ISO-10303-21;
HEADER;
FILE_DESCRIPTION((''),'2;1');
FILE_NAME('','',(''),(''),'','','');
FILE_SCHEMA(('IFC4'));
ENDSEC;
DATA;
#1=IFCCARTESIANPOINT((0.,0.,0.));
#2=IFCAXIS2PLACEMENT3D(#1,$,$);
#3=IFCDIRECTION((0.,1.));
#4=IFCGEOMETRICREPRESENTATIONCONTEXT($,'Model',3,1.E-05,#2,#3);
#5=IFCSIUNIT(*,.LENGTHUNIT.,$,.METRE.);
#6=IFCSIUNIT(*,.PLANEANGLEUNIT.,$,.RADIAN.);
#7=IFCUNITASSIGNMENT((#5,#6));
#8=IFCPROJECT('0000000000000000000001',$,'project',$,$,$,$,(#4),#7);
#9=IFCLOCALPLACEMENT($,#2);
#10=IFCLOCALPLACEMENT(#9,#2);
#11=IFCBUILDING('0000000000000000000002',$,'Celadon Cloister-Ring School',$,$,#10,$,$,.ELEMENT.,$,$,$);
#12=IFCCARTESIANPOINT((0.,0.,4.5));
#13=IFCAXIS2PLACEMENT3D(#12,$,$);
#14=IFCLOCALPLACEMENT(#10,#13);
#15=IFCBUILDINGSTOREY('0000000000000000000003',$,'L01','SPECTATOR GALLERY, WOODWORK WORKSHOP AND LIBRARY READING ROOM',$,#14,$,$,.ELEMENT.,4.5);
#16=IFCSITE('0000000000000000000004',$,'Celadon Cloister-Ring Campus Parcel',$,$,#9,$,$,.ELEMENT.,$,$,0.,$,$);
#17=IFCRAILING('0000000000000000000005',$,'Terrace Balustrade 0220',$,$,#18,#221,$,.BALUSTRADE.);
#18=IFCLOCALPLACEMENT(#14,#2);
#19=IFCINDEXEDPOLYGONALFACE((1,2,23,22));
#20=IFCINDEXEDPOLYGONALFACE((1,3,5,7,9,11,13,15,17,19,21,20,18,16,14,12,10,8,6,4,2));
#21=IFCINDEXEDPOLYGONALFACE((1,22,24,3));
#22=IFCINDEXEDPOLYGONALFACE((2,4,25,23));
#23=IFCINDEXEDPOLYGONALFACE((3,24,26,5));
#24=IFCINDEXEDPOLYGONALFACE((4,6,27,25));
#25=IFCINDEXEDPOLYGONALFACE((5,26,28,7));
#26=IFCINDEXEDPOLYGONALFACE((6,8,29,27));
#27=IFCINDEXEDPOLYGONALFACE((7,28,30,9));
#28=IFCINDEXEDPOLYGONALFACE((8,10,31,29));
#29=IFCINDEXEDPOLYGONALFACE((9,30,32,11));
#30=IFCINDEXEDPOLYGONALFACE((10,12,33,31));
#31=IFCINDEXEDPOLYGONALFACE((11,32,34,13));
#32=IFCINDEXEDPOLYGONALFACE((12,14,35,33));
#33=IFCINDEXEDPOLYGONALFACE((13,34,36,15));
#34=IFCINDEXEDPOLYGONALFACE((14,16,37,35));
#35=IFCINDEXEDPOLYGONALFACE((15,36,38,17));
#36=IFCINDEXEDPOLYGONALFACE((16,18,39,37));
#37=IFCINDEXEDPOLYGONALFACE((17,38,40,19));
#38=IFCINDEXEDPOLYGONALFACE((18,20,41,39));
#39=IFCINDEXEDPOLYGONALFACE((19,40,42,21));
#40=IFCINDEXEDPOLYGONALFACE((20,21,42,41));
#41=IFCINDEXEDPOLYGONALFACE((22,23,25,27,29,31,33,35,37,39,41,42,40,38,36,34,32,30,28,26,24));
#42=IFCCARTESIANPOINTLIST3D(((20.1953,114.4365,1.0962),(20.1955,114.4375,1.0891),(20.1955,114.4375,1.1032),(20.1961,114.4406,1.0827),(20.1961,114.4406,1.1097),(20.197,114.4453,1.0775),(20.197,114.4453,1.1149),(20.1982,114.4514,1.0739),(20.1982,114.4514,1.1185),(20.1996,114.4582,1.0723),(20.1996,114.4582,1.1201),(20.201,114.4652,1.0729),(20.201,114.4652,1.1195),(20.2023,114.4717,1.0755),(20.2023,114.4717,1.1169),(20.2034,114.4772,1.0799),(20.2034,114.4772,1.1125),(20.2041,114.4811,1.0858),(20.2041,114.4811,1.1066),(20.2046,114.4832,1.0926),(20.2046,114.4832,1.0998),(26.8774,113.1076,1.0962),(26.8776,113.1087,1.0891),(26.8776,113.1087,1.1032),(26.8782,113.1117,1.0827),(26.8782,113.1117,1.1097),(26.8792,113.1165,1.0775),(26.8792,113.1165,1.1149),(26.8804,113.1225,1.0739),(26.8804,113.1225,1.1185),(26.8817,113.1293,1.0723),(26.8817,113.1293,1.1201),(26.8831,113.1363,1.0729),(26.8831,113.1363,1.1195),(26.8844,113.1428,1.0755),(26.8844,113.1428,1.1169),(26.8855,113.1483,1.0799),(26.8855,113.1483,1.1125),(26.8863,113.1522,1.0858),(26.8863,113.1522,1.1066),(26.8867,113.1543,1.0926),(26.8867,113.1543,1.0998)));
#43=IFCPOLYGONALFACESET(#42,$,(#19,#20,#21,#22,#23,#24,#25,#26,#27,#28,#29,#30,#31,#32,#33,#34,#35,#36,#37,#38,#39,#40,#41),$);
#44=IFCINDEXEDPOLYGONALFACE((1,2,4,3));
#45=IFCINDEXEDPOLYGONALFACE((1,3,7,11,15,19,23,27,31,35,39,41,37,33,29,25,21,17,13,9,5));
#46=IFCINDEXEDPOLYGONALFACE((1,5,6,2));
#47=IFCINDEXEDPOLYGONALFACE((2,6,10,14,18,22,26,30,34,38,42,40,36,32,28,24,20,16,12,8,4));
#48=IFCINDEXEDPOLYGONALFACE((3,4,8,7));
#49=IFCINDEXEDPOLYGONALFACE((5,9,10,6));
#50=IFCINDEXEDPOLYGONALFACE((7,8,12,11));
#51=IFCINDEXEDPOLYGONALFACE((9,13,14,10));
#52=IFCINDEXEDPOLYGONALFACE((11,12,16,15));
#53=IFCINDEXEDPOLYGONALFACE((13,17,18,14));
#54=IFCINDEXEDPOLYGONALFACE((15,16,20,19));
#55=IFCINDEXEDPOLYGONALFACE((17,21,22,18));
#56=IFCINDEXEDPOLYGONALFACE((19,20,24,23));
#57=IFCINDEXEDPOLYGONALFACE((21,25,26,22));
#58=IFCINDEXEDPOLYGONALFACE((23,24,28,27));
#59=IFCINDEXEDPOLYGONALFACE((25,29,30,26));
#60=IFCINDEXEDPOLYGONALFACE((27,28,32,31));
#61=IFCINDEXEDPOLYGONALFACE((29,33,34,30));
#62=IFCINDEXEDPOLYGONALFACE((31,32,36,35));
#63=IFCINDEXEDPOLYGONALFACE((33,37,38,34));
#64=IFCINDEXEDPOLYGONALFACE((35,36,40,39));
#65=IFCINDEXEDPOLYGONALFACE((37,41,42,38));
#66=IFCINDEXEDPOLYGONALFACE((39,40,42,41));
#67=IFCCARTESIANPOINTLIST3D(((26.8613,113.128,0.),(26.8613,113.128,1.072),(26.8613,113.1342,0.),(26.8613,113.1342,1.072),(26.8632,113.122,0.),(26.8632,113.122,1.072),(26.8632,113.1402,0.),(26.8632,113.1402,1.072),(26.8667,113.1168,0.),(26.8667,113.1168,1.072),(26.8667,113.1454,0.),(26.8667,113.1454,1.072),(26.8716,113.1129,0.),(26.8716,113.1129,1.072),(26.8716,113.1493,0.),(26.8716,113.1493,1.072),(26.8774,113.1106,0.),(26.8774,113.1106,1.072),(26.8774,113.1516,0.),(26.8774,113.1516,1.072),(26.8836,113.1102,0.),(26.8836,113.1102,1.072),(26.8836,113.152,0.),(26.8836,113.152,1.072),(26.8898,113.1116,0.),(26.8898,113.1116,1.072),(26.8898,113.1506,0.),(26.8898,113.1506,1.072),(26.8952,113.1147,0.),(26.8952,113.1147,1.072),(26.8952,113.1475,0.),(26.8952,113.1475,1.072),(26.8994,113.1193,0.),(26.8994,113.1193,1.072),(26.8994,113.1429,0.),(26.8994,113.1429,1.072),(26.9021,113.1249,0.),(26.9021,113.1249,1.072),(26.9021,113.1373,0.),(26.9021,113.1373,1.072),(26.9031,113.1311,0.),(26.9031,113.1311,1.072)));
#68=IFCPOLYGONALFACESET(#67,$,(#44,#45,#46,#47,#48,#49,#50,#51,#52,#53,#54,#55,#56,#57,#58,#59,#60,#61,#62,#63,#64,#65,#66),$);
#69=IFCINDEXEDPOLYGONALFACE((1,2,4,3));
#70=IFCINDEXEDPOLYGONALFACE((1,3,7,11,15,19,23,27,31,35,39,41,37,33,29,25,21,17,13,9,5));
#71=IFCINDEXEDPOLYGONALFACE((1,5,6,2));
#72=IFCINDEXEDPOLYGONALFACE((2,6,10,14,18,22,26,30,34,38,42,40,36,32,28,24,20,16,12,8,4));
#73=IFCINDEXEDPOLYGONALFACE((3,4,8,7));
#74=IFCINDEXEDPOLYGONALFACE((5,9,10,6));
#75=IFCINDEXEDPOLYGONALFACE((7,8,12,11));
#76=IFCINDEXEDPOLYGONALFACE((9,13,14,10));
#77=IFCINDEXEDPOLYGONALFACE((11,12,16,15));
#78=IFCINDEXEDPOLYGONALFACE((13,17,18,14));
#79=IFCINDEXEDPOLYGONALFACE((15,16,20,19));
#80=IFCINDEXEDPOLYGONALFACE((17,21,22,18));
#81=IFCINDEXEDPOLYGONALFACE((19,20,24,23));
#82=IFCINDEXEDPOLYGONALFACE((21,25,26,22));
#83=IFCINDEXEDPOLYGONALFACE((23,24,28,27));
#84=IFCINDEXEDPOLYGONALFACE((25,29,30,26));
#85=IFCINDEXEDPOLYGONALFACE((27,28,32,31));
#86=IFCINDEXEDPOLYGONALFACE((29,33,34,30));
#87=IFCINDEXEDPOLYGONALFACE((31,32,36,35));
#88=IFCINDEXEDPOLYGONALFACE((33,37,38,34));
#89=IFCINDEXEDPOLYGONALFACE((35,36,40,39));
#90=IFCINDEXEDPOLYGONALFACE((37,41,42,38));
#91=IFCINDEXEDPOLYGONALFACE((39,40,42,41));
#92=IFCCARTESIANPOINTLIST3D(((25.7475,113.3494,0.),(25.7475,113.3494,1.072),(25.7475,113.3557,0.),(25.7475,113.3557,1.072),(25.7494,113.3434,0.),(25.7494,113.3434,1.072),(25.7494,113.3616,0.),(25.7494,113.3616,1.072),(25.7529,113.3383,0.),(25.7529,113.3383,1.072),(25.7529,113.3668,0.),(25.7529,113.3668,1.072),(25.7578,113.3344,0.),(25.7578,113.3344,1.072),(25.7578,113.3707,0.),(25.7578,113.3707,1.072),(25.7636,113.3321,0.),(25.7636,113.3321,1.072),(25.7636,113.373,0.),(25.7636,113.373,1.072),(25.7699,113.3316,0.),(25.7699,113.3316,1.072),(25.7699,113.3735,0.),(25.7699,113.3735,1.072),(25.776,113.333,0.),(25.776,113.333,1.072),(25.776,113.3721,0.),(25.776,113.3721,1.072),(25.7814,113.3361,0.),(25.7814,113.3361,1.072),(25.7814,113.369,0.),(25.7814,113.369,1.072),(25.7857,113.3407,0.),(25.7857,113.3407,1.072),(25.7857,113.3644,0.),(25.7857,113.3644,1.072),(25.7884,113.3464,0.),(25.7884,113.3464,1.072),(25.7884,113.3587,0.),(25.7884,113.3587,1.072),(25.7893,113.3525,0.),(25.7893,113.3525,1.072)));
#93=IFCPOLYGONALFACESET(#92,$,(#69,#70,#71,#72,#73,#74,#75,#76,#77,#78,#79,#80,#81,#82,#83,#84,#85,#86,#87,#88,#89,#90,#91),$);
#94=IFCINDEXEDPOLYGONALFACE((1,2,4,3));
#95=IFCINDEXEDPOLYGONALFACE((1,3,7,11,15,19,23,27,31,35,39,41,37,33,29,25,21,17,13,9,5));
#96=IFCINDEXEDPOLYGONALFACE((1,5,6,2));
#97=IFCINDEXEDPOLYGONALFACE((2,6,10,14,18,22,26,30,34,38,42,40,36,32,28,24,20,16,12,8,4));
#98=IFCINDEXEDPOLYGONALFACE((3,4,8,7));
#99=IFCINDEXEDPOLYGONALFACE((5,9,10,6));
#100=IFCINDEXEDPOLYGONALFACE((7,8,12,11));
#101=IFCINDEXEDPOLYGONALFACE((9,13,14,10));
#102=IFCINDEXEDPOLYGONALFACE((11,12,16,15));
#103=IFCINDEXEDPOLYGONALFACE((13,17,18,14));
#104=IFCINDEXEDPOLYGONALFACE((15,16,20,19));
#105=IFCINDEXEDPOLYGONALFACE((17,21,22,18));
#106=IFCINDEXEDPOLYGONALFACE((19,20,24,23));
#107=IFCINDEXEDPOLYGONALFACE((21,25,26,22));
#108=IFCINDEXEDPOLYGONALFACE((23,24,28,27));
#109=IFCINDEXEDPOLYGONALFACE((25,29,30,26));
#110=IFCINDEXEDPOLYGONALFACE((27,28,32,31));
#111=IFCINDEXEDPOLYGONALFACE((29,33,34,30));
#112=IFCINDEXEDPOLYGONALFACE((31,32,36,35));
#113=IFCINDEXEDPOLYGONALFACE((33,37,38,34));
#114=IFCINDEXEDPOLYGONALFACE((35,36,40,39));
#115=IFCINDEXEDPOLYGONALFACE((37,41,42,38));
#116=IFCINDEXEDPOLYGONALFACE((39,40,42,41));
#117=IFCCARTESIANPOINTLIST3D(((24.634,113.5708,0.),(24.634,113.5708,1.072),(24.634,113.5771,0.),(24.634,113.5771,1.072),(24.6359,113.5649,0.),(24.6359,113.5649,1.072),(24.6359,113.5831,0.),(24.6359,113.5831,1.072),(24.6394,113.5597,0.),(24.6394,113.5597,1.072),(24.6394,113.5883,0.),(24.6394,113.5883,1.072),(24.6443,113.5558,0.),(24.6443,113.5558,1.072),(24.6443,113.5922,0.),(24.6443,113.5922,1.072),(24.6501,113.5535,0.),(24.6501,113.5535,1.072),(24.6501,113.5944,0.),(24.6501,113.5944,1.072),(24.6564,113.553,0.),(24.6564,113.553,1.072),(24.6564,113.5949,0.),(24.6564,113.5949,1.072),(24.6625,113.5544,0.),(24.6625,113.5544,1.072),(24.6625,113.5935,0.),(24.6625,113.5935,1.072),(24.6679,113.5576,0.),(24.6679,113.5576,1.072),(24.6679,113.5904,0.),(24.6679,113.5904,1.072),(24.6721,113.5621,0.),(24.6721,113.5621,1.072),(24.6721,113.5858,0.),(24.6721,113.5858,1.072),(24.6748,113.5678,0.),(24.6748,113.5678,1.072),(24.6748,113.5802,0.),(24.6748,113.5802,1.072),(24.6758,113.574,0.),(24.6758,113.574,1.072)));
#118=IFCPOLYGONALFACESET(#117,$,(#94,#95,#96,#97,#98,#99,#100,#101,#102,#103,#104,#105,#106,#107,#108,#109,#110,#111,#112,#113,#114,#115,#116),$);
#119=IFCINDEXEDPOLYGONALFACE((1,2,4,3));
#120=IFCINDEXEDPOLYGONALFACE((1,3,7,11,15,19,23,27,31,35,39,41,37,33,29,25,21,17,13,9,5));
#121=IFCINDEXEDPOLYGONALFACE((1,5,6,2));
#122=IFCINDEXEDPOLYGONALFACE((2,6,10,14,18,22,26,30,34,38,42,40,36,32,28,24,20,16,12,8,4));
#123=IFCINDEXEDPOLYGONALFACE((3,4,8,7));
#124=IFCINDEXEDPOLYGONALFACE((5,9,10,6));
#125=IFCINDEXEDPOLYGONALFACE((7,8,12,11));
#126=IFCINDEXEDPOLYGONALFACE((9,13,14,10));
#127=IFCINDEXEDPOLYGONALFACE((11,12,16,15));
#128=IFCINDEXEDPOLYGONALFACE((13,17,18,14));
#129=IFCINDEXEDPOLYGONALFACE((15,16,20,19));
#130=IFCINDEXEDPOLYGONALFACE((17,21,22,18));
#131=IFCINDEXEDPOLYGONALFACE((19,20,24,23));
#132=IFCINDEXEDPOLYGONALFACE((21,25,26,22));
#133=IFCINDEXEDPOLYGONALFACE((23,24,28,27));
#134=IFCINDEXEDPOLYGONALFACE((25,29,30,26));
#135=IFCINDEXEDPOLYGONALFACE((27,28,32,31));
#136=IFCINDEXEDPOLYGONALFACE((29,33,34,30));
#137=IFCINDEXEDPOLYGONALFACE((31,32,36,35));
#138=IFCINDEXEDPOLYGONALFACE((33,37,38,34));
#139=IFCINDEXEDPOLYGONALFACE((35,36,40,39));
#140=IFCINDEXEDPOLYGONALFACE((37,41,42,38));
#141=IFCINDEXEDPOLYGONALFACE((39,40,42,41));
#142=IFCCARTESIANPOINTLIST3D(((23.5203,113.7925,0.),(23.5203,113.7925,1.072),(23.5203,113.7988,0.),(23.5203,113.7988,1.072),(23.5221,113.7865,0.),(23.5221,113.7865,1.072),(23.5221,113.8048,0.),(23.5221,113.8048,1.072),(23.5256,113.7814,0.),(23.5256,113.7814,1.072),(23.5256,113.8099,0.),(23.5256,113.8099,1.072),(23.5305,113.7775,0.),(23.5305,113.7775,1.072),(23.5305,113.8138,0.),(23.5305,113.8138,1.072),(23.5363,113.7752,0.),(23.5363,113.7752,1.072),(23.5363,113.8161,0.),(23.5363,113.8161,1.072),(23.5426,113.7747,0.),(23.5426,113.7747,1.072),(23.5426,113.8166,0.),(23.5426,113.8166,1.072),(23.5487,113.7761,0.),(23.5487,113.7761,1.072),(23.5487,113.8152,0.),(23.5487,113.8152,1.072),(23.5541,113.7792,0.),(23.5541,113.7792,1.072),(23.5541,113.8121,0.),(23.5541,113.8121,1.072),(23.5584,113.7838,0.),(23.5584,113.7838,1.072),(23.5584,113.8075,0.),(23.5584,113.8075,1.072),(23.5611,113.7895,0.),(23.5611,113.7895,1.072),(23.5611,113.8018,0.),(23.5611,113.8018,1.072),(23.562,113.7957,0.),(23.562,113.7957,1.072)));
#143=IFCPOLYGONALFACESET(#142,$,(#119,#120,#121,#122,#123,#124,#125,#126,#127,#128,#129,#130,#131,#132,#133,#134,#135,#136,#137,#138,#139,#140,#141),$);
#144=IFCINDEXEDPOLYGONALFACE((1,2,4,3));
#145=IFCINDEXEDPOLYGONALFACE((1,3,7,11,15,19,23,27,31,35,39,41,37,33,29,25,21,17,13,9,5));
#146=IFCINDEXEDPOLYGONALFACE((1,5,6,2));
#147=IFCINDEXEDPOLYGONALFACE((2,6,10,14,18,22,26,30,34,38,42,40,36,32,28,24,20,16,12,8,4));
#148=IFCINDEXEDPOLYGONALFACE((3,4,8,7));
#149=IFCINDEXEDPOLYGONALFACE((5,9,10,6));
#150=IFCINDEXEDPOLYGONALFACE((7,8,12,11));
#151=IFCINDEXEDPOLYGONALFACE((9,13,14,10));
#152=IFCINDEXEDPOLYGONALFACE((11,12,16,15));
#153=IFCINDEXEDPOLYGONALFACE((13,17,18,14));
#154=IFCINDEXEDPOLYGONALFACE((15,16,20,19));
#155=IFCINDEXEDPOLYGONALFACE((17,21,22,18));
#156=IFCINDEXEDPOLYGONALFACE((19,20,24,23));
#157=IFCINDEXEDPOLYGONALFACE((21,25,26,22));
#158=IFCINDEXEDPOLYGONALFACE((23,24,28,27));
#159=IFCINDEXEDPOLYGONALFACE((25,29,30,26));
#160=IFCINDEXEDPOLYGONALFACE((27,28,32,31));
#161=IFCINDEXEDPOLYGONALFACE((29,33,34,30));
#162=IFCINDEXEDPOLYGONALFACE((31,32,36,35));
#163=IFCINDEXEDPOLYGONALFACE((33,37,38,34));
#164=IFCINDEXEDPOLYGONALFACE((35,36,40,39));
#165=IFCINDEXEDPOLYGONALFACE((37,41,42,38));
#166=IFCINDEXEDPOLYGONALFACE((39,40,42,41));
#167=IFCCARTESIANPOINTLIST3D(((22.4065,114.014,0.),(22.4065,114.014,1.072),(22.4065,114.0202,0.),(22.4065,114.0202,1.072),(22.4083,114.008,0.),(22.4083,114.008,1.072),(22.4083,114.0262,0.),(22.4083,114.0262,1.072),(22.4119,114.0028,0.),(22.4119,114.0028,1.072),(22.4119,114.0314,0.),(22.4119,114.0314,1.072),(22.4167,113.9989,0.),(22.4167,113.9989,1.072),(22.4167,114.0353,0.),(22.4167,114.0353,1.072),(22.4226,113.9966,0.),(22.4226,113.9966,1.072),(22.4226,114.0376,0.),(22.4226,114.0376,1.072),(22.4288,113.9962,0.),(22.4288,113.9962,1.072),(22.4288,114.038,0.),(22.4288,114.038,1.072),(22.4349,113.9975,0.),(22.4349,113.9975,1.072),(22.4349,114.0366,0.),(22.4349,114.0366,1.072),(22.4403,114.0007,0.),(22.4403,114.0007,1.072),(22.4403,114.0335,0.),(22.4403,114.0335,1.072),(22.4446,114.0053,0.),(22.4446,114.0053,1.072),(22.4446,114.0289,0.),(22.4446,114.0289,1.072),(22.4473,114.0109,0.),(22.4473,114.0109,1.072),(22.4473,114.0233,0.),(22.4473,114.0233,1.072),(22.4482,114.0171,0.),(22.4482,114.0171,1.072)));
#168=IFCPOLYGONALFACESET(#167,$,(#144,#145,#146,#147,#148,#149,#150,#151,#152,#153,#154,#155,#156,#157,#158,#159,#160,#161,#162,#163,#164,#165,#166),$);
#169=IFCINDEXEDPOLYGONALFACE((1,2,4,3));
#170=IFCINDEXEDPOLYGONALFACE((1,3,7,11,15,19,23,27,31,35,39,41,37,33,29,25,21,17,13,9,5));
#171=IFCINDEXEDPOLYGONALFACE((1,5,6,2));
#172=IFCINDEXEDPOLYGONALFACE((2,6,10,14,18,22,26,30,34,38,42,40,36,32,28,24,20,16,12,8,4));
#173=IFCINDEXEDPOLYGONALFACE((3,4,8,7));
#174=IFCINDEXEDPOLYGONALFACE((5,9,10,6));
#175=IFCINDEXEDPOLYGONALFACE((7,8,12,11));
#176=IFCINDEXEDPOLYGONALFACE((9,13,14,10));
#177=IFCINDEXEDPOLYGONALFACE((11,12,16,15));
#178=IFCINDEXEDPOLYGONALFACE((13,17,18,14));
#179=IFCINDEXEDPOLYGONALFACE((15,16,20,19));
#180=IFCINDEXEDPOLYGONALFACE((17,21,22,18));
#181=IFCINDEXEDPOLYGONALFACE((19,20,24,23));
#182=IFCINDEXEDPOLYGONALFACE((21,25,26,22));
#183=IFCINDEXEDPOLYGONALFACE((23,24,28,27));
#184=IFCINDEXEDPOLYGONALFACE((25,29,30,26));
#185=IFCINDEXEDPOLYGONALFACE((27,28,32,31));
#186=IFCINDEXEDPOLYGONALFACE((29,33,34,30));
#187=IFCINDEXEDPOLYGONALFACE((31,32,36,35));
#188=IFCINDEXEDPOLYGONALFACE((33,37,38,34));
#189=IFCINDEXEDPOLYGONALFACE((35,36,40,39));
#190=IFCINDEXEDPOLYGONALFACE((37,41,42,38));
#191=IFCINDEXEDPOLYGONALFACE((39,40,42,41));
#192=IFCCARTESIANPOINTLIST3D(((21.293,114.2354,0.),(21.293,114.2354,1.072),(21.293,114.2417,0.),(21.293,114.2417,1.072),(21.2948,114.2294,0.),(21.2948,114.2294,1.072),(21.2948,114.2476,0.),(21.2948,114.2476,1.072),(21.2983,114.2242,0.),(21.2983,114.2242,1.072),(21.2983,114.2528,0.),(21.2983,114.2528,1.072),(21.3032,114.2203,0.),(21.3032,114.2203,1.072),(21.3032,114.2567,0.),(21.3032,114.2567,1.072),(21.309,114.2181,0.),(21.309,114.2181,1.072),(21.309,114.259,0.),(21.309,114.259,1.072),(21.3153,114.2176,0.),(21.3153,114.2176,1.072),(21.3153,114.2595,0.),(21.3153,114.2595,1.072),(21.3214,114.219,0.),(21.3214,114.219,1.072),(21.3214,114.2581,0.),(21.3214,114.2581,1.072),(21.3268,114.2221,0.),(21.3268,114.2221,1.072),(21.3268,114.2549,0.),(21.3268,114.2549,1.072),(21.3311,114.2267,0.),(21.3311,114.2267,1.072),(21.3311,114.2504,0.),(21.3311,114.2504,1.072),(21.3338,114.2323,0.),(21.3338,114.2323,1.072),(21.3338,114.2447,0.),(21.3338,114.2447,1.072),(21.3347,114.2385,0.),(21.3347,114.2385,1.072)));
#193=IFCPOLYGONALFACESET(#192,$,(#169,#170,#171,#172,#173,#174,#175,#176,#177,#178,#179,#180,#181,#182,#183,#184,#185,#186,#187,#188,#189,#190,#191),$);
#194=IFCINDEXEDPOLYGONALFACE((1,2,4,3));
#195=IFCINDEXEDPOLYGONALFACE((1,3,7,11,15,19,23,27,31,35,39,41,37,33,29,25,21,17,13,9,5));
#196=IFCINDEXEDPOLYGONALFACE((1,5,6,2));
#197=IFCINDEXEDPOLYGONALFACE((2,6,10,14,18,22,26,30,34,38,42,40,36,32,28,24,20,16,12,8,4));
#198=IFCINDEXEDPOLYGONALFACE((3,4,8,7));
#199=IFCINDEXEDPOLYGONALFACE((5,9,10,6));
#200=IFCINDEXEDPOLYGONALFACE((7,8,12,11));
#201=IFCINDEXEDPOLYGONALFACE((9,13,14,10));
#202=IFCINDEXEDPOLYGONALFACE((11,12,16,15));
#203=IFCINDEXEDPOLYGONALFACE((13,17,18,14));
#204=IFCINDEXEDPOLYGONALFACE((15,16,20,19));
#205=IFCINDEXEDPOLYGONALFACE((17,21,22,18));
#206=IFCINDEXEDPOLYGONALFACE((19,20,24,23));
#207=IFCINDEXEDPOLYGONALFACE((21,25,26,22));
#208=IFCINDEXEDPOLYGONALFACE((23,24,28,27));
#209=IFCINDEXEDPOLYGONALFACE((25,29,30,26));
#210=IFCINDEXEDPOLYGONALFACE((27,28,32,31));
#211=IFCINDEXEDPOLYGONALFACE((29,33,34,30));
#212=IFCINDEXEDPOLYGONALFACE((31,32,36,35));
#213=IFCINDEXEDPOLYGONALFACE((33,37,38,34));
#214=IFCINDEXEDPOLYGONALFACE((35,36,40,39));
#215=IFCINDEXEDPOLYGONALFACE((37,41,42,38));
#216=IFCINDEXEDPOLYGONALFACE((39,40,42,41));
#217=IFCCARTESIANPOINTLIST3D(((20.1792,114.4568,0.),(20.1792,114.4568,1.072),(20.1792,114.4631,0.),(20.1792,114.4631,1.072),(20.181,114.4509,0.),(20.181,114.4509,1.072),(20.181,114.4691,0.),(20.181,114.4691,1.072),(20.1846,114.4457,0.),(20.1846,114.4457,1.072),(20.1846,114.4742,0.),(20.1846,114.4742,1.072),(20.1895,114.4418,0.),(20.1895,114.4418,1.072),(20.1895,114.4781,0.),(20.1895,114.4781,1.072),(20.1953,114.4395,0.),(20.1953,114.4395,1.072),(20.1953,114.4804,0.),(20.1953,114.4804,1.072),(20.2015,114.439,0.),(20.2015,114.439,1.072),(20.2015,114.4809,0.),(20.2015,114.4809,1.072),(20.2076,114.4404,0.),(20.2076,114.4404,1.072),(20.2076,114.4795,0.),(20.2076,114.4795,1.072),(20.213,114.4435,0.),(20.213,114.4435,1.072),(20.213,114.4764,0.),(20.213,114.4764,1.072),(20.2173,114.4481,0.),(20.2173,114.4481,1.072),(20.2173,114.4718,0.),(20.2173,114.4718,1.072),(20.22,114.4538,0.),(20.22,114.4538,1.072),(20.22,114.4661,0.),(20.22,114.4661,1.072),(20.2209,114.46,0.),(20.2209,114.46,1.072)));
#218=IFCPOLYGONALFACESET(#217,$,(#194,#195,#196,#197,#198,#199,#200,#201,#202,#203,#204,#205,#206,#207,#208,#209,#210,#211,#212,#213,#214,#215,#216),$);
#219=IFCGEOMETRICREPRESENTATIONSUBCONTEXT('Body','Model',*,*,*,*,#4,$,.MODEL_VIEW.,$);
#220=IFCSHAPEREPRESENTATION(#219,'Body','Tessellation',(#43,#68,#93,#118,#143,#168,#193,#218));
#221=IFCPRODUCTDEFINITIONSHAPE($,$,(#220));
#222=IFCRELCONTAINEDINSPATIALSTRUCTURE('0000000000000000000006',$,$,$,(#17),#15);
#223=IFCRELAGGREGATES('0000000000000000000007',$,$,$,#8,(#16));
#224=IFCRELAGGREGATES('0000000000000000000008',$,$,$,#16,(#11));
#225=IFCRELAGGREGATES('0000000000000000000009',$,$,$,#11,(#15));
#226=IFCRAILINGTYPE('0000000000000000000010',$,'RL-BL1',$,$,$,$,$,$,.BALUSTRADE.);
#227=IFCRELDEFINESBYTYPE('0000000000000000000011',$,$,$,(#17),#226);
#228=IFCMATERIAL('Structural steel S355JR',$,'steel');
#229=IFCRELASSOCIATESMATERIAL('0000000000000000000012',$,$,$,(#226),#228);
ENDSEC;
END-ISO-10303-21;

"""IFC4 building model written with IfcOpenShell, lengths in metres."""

from ifc_helpers import new_model, si_unit, direction, frame, origin, origin_2d, place, context, subcontext, project, spatial, circle, extrude, material, type_object, element, save


model = new_model("IFC4")

# Units and contexts
model_context = context("Model", 3, precision=1e-05, world=origin(), true_north=direction((0.0, 1.0)))
body_context = subcontext(model_context, "Body", "Model", "MODEL_VIEW")
ifc_project = project(units=[si_unit("LENGTHUNIT", "METRE"), si_unit("PLANEANGLEUNIT", "RADIAN")], contexts=[model_context])

# Site, building, storey
site_placement = place(None, origin())
site = spatial("IfcSite", under=ifc_project, at=site_placement, Name="Celadon Cloister-Ring Campus Parcel", CompositionType="ELEMENT", RefElevation=0.0)
building_placement = place(site_placement, origin())
building = spatial("IfcBuilding", under=site, at=building_placement, Name="Celadon Cloister-Ring School", CompositionType="ELEMENT")
storey_placement = place(building_placement, frame((0.0, 0.0, 4.5)))
storey = spatial("IfcBuildingStorey", under=building, at=storey_placement, Name="L01", Description="SPECTATOR GALLERY, WOODWORK WORKSHOP AND LIBRARY READING ROOM", CompositionType="ELEMENT", Elevation=4.5)

# Railing
ifc_material_1 = material(Name="Structural steel S355JR", Category="steel")
railing_type_1 = type_object("IfcRailingType", Name="RL-BL1", PredefinedType="BALUSTRADE", material=ifc_material_1)
railing_1_placement = place(storey_placement, frame((26.8821, 113.1311, 0.0)))
element("IfcRailing", 1, at=railing_1_placement, inside=storey, type_object=railing_type_1, Name="Terrace Balustrade 0220", PredefinedType="BALUSTRADE", context=body_context, shape_type="SweptSolid", body=[
    extrude(circle(Radius=0.0239, at=origin_2d()), frame((0.0, 0.0, 1.0962), z_axis=(-0.980794, 0.195048, 0.0), x_axis=(-0.195048, -0.980794, 0.0)), (0.0, 0.0, 1.0), 6.813),
    extrude(circle(Radius=0.021, at=origin_2d()), origin(), (0.0, 0.0, 1.0), 1.072),
    extrude(circle(Radius=0.021, at=origin_2d()), frame((-1.1138, 0.2214, 0.0)), (0.0, 0.0, 1.0), 1.072),
    extrude(circle(Radius=0.021, at=origin_2d()), frame((-2.2273, 0.4429, 0.0)), (0.0, 0.0, 1.0), 1.072),
    extrude(circle(Radius=0.021, at=origin_2d()), frame((-3.3411, 0.6646, 0.0)), (0.0, 0.0, 1.0), 1.072),
    extrude(circle(Radius=0.021, at=origin_2d()), frame((-4.4548, 0.886, 0.0)), (0.0, 0.0, 1.0), 1.072),
    extrude(circle(Radius=0.021, at=origin_2d()), frame((-5.5684, 1.1074, 0.0)), (0.0, 0.0, 1.0), 1.072),
    extrude(circle(Radius=0.021, at=origin_2d()), frame((-6.6821, 1.3289, 0.0)), (0.0, 0.0, 1.0), 1.072),
])

save(model, "model.ifc")
